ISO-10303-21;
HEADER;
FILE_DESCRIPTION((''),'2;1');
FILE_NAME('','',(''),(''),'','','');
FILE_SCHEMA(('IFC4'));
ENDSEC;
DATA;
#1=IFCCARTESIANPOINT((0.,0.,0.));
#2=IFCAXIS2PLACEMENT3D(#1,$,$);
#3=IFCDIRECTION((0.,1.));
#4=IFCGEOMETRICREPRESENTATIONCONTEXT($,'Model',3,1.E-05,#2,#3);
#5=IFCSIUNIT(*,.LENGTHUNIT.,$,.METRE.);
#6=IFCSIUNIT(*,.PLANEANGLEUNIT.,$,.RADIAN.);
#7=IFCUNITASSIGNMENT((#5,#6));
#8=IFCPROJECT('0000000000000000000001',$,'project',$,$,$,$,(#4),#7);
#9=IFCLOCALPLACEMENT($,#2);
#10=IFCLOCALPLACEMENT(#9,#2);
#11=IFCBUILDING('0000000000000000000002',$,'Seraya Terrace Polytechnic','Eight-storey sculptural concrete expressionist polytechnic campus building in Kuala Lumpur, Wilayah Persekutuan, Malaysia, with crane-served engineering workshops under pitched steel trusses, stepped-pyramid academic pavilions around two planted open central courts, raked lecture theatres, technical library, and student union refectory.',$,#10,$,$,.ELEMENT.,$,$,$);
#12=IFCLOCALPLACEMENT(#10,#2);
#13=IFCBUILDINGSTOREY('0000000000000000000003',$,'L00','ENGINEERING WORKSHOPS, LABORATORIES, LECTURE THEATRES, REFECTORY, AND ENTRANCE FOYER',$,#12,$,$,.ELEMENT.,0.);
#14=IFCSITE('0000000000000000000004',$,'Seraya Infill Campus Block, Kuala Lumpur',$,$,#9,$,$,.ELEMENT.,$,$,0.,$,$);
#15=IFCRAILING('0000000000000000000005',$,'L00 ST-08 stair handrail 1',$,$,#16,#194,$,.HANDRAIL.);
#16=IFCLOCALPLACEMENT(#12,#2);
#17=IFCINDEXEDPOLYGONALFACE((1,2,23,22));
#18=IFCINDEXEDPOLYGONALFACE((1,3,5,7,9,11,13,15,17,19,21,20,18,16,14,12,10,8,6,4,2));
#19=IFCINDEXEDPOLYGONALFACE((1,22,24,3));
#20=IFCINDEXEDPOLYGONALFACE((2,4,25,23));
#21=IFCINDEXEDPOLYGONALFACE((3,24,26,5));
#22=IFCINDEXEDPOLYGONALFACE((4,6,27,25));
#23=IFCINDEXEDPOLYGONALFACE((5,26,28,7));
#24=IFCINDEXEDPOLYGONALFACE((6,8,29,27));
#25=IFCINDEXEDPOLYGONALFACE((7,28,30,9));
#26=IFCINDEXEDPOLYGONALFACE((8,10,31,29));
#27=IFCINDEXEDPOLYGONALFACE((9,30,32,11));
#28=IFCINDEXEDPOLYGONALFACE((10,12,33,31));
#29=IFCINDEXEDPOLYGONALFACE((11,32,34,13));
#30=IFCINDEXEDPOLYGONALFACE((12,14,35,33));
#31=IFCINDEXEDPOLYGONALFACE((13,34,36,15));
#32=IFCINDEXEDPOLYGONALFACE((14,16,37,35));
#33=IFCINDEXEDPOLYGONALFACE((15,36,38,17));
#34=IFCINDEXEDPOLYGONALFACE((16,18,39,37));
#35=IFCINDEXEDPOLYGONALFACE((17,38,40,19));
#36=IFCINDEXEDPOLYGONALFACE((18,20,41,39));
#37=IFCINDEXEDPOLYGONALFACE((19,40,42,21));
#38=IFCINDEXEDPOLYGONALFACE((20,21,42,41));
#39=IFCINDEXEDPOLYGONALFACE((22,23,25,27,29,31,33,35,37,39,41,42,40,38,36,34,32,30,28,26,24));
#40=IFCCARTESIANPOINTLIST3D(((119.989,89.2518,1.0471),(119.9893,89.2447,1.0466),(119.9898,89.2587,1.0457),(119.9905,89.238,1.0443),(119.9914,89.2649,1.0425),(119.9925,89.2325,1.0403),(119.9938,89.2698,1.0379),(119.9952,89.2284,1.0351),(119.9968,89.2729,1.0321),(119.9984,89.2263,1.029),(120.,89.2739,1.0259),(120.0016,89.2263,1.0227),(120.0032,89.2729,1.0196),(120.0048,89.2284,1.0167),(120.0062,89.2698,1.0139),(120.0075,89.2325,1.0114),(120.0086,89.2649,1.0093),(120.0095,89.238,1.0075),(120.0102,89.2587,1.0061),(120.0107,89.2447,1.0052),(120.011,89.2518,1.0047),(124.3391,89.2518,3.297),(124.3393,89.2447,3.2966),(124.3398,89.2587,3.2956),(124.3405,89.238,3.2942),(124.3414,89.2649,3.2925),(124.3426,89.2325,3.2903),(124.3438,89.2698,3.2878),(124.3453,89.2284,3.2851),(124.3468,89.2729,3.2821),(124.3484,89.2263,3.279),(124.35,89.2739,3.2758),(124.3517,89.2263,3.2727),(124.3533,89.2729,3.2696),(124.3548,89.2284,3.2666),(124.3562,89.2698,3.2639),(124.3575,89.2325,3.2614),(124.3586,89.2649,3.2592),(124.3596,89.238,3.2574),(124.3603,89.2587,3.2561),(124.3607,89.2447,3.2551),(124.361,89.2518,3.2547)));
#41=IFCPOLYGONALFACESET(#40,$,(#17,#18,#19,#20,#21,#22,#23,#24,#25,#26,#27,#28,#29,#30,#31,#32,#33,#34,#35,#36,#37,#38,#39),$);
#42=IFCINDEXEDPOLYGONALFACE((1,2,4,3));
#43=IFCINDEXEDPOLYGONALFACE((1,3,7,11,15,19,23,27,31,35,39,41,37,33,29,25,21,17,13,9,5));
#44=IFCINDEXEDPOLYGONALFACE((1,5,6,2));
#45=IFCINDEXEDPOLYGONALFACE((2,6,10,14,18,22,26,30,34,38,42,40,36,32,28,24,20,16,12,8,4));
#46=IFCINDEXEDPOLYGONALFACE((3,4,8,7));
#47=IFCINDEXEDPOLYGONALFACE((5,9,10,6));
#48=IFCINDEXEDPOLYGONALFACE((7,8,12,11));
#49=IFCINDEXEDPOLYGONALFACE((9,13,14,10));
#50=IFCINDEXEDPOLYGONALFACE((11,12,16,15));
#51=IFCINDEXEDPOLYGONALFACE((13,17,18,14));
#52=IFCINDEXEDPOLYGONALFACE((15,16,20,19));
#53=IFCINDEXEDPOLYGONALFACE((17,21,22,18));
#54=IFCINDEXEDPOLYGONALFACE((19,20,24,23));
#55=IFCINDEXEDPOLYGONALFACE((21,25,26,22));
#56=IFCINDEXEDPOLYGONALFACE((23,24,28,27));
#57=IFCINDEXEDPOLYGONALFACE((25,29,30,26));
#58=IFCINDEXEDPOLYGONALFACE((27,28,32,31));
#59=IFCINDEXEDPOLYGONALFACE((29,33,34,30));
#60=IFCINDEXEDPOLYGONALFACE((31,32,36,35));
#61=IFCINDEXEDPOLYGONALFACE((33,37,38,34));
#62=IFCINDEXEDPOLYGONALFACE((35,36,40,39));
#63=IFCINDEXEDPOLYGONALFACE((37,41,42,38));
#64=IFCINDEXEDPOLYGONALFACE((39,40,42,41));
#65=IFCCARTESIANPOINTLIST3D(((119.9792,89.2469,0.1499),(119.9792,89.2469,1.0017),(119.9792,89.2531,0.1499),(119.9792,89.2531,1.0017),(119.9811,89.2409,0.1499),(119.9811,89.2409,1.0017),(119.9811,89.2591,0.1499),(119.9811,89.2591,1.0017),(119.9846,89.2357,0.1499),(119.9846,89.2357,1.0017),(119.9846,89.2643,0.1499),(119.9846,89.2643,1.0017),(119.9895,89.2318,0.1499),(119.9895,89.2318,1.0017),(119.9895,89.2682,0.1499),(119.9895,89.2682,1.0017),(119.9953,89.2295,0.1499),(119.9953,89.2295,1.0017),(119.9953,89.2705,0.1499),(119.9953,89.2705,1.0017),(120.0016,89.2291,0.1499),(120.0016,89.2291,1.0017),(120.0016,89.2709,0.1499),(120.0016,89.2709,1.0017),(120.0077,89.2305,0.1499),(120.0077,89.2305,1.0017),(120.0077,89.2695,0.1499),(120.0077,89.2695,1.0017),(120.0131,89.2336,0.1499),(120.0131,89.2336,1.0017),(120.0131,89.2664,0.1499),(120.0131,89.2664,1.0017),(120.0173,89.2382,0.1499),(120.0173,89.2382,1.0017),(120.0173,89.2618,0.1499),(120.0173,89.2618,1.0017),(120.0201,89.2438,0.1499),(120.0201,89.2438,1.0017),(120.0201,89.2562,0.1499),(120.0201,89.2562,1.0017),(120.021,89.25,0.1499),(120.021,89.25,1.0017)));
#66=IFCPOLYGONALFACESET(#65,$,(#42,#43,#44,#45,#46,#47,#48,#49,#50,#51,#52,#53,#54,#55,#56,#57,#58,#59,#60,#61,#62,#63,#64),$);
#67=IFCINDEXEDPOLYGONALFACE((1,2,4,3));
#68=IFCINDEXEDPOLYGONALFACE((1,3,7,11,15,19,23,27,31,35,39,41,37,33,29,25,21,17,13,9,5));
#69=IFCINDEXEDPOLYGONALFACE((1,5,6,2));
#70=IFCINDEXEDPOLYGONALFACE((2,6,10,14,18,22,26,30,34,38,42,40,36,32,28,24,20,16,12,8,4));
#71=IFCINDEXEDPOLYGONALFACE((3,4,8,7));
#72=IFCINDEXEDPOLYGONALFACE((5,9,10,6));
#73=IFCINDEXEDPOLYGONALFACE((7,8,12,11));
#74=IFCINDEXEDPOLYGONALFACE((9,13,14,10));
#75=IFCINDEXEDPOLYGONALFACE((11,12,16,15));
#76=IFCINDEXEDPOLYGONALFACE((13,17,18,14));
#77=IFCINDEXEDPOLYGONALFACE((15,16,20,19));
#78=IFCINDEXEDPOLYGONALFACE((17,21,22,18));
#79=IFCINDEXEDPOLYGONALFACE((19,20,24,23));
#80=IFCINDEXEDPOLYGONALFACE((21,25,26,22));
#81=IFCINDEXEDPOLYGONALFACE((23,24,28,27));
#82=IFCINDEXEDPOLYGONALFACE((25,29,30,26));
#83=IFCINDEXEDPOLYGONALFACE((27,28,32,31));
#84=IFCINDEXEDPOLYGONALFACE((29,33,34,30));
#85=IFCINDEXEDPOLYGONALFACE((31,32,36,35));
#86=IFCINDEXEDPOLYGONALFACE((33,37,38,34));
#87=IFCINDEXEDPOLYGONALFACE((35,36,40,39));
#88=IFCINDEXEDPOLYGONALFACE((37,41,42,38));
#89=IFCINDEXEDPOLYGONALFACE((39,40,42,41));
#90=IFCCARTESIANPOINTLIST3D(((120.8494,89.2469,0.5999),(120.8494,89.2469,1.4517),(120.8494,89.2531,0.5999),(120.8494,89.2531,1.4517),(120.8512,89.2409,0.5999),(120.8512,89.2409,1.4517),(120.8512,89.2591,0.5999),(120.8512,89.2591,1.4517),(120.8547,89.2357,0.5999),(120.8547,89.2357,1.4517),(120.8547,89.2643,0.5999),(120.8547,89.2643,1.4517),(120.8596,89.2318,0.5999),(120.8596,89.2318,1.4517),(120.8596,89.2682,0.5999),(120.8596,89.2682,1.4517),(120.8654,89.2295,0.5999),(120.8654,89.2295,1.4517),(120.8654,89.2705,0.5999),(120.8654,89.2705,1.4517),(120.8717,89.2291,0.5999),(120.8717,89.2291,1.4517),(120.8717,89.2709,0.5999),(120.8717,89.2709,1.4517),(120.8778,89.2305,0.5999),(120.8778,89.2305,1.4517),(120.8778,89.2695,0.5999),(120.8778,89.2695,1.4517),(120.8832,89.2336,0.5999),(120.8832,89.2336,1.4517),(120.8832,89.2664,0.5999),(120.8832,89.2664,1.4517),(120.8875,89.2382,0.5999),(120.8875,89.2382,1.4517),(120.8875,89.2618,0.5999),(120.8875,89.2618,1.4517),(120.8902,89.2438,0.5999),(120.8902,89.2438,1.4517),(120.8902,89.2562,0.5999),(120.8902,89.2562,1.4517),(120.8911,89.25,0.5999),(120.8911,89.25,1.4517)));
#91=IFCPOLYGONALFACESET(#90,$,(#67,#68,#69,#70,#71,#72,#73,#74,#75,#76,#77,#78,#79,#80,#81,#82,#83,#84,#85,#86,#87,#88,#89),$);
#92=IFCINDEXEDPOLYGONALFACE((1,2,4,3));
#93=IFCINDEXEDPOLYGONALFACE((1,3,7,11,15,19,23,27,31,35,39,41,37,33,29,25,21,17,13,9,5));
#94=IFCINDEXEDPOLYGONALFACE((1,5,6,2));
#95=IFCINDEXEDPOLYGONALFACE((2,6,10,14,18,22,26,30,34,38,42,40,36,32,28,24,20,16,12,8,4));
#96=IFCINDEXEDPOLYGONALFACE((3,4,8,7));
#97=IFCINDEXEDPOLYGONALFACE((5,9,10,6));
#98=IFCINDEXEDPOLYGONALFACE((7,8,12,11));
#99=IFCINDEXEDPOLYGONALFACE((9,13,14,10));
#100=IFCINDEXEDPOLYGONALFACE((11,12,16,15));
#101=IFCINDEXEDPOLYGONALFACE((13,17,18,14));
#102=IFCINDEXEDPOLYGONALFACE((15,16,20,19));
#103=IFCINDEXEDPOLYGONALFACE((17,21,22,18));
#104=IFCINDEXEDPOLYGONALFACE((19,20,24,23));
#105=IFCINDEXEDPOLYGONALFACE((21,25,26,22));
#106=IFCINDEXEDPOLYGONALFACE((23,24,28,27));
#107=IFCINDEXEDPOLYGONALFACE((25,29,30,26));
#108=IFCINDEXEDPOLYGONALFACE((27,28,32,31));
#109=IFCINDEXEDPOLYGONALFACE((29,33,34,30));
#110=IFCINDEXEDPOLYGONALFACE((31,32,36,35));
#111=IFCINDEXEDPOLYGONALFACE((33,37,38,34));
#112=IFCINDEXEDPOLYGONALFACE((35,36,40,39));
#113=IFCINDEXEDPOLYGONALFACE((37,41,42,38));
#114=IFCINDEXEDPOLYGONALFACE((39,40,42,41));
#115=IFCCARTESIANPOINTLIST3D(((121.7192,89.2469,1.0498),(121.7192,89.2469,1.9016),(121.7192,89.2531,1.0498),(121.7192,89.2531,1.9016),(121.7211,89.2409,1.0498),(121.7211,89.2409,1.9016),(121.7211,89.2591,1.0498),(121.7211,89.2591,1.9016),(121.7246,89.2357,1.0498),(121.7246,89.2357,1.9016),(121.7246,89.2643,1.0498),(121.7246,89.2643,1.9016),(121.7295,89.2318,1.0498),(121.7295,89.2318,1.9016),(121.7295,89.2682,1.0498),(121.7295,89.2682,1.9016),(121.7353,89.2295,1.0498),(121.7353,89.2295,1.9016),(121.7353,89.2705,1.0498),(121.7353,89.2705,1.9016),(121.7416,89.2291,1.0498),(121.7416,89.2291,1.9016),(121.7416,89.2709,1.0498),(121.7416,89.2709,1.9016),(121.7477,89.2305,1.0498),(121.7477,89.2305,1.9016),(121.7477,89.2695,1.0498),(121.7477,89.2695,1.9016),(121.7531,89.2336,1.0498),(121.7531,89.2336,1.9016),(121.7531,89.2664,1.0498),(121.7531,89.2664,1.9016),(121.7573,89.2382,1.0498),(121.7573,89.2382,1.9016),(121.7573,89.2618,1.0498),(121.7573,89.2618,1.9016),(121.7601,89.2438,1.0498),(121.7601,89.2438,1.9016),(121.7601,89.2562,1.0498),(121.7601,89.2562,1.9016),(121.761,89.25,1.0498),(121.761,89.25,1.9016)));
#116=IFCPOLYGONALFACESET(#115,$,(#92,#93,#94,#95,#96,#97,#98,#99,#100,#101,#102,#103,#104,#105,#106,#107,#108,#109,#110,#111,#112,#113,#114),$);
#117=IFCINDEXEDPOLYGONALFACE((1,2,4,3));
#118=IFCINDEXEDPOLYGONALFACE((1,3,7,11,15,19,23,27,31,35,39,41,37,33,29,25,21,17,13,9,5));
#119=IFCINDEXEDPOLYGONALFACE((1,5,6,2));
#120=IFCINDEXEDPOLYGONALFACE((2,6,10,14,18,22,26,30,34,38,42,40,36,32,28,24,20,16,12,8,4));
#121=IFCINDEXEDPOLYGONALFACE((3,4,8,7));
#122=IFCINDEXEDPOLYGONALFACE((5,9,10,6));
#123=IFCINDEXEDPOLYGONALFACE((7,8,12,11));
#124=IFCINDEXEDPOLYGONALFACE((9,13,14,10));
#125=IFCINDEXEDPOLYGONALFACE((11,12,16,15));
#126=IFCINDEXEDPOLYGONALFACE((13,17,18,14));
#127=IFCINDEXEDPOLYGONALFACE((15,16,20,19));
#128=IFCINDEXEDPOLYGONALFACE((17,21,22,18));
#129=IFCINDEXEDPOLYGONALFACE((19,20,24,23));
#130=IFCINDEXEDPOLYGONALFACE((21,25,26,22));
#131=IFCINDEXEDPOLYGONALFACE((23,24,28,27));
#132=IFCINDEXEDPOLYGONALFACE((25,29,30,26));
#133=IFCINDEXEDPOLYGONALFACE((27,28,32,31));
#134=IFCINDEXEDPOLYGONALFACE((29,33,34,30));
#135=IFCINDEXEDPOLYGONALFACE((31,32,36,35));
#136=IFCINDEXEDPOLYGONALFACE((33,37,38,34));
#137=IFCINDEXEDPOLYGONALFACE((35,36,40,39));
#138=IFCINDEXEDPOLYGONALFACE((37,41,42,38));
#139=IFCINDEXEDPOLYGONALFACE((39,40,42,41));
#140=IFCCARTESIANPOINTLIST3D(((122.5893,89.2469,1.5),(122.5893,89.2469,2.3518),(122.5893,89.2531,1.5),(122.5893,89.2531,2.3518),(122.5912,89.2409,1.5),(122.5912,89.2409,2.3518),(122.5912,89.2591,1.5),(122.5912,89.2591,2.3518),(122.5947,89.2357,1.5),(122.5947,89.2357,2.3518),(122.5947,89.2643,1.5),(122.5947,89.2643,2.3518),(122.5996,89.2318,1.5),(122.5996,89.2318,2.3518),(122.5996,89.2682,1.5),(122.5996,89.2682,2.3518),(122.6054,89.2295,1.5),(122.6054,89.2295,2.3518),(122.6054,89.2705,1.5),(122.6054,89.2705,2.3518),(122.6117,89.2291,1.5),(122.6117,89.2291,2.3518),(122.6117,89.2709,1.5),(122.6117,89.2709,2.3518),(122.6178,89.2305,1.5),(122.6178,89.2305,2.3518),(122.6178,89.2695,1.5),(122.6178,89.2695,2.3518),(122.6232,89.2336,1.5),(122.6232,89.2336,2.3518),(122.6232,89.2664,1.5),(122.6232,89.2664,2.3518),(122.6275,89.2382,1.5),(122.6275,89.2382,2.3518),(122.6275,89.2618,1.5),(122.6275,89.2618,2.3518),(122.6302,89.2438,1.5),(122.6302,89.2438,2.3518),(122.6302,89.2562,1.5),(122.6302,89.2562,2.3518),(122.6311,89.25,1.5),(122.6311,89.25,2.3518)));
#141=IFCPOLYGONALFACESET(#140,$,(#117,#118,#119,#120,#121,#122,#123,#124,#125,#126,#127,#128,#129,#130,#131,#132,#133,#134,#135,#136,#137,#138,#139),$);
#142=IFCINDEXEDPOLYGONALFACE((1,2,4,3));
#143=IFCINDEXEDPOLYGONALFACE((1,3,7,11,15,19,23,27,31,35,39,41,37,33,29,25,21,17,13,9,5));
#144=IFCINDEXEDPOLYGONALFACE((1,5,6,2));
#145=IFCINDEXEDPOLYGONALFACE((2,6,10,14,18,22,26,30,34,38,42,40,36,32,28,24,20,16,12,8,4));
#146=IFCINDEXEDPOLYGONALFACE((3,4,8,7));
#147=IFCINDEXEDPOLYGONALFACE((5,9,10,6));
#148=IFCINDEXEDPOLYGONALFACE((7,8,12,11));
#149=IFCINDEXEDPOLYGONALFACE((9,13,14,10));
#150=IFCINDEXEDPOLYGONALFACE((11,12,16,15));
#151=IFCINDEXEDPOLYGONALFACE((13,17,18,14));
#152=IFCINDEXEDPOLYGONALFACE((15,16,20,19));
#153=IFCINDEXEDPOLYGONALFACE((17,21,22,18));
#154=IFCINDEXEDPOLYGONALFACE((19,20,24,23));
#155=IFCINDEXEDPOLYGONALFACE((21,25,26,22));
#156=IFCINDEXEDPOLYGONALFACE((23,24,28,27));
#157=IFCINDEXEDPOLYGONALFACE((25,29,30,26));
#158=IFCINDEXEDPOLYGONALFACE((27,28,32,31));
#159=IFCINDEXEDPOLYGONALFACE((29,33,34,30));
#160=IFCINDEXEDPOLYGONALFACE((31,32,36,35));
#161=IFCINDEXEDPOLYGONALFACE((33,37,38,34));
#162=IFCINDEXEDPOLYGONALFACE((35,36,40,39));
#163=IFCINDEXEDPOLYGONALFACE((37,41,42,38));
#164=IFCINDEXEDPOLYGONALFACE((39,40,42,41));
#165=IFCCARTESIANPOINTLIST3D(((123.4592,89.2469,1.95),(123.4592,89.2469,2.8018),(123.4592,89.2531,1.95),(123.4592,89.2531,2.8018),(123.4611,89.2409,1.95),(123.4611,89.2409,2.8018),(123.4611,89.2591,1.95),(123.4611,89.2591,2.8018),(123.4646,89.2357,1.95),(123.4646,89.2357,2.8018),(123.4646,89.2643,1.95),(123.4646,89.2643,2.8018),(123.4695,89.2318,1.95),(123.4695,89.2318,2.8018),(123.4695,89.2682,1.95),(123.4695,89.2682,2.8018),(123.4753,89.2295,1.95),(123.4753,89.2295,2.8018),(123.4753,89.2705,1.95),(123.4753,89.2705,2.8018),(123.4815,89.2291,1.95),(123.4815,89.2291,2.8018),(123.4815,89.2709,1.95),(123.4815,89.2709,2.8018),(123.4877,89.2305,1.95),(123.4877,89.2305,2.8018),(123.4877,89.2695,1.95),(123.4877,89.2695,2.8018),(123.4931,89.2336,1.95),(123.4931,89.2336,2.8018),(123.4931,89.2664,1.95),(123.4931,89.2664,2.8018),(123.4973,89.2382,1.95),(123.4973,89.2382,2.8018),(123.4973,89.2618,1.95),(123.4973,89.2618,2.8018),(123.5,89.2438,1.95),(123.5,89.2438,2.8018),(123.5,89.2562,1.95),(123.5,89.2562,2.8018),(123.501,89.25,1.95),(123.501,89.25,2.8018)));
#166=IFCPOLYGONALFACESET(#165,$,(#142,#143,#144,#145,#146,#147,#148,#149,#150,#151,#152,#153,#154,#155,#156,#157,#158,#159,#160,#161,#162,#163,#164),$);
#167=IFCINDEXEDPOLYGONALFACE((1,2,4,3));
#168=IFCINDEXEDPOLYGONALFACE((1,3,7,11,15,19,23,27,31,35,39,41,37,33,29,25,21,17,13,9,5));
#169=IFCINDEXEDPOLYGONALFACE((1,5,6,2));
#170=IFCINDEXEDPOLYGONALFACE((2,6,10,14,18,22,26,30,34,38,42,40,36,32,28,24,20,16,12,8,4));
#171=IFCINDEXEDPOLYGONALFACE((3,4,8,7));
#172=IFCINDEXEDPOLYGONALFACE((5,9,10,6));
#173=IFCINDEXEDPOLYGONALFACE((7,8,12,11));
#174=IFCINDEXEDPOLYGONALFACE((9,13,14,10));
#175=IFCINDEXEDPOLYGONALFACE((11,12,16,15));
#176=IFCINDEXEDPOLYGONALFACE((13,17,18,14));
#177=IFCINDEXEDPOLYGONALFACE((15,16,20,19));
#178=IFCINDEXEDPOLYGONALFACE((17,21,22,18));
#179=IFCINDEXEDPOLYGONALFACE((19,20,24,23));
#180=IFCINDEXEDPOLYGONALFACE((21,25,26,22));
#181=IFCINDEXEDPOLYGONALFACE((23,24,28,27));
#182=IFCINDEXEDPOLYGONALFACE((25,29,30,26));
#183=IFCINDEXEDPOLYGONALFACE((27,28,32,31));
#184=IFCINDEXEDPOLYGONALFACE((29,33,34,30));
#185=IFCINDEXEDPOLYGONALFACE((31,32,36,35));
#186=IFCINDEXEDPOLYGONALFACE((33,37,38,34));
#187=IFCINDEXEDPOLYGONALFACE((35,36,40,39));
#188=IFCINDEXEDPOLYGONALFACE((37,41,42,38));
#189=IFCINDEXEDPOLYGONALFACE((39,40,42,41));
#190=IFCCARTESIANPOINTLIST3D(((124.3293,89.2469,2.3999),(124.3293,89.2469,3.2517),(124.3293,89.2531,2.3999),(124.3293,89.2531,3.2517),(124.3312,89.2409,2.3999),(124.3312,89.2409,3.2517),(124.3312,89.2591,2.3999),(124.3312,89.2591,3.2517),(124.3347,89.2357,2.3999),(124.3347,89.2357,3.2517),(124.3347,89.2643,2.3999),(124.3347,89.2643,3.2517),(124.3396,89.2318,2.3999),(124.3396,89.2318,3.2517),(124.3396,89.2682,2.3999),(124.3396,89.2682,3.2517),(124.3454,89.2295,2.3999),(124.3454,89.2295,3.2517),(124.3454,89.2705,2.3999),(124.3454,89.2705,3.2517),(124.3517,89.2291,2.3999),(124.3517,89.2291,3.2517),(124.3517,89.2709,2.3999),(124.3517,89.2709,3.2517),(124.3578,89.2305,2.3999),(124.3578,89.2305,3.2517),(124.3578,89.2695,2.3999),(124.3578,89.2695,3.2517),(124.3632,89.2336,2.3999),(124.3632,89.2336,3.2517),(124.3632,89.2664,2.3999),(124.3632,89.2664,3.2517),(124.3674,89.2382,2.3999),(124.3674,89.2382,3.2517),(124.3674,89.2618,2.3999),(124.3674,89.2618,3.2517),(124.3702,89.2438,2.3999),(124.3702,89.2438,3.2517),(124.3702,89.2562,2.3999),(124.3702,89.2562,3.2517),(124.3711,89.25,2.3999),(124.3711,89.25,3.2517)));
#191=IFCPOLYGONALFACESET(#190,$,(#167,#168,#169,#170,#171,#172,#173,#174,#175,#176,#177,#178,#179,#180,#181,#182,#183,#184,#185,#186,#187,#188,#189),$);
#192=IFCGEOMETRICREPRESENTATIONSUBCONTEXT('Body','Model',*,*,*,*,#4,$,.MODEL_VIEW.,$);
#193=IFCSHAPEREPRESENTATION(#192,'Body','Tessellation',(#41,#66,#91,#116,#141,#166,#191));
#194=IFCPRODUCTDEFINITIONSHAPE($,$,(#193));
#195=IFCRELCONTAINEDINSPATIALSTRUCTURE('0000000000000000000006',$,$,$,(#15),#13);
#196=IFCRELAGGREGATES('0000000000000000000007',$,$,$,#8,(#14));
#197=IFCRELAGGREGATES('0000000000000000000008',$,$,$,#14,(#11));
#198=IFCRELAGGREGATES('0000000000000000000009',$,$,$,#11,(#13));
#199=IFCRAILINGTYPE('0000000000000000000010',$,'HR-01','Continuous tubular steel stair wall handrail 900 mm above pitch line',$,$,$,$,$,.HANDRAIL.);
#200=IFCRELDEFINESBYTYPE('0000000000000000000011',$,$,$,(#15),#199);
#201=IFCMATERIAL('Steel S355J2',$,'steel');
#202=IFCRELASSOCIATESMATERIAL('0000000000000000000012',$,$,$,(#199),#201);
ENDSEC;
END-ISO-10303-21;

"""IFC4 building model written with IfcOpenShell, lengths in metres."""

from ifc_helpers import new_model, si_unit, direction, frame, origin, origin_2d, place, context, subcontext, project, spatial, circle, extrude, material, type_object, element, save


model = new_model("IFC4")

# Units and contexts
model_context = context("Model", 3, precision=1e-05, world=origin(), true_north=direction((0.0, 1.0)))
body_context = subcontext(model_context, "Body", "Model", "MODEL_VIEW")
ifc_project = project(units=[si_unit("LENGTHUNIT", "METRE"), si_unit("PLANEANGLEUNIT", "RADIAN")], contexts=[model_context])

# Site, building, storey
site_placement = place(None, origin())
site = spatial("IfcSite", under=ifc_project, at=site_placement, Name="Seraya Infill Campus Block, Kuala Lumpur", CompositionType="ELEMENT", RefElevation=0.0)
building_placement = place(site_placement, origin())
building = spatial("IfcBuilding", under=site, at=building_placement, Name="Seraya Terrace Polytechnic", Description="Eight-storey sculptural concrete expressionist polytechnic campus building in Kuala Lumpur, Wilayah Persekutuan, Malaysia, with crane-served engineering workshops under pitched steel trusses, stepped-pyramid academic pavilions around two planted open central courts, raked lecture theatres, technical library, and student union refectory.", CompositionType="ELEMENT")
storey_placement = place(building_placement, origin())
storey = spatial("IfcBuildingStorey", under=building, at=storey_placement, Name="L00", Description="ENGINEERING WORKSHOPS, LABORATORIES, LECTURE THEATRES, REFECTORY, AND ENTRANCE FOYER", CompositionType="ELEMENT", Elevation=0.0)

# Shared definitions
ifc_material_1 = material(Name="Steel S355J2", Category="steel")

# Railing
railing_type_1 = type_object("IfcRailingType", Name="HR-01", Description="Continuous tubular steel stair wall handrail 900 mm above pitch line", PredefinedType="HANDRAIL", material=ifc_material_1)
railing_1_placement = place(storey_placement, frame((120.0, 89.25, 0.1499)))
element("IfcRailing", 1, at=railing_1_placement, inside=storey, type_object=railing_type_1, Name="L00 ST-08 stair handrail 1", PredefinedType="HANDRAIL", context=body_context, shape_type="SweptSolid", body=[
    extrude(circle(Radius=0.0239, at=origin_2d()), frame((0.0, 0.0, 0.876), z_axis=(0.888222, 0.0, 0.459415), x_axis=(0.0, 1.0, 0.0)), (0.0, 0.0, 1.0), 4.8975),
    extrude(circle(Radius=0.021, at=origin_2d()), origin(), (0.0, 0.0, 1.0), 0.8518),
    extrude(circle(Radius=0.021, at=origin_2d()), frame((0.8701, 0.0, 0.45)), (0.0, 0.0, 1.0), 0.8518),
    extrude(circle(Radius=0.021, at=origin_2d()), frame((1.74, 0.0, 0.8999)), (0.0, 0.0, 1.0), 0.8518),
    extrude(circle(Radius=0.021, at=origin_2d()), frame((2.6101, 0.0, 1.3501)), (0.0, 0.0, 1.0), 0.8518),
    extrude(circle(Radius=0.021, at=origin_2d()), frame((3.48, 0.0, 1.8)), (0.0, 0.0, 1.0), 0.8518),
    extrude(circle(Radius=0.021, at=origin_2d()), frame((4.3501, 0.0, 2.25)), (0.0, 0.0, 1.0), 0.8518),
])

save(model, "model.ifc")
